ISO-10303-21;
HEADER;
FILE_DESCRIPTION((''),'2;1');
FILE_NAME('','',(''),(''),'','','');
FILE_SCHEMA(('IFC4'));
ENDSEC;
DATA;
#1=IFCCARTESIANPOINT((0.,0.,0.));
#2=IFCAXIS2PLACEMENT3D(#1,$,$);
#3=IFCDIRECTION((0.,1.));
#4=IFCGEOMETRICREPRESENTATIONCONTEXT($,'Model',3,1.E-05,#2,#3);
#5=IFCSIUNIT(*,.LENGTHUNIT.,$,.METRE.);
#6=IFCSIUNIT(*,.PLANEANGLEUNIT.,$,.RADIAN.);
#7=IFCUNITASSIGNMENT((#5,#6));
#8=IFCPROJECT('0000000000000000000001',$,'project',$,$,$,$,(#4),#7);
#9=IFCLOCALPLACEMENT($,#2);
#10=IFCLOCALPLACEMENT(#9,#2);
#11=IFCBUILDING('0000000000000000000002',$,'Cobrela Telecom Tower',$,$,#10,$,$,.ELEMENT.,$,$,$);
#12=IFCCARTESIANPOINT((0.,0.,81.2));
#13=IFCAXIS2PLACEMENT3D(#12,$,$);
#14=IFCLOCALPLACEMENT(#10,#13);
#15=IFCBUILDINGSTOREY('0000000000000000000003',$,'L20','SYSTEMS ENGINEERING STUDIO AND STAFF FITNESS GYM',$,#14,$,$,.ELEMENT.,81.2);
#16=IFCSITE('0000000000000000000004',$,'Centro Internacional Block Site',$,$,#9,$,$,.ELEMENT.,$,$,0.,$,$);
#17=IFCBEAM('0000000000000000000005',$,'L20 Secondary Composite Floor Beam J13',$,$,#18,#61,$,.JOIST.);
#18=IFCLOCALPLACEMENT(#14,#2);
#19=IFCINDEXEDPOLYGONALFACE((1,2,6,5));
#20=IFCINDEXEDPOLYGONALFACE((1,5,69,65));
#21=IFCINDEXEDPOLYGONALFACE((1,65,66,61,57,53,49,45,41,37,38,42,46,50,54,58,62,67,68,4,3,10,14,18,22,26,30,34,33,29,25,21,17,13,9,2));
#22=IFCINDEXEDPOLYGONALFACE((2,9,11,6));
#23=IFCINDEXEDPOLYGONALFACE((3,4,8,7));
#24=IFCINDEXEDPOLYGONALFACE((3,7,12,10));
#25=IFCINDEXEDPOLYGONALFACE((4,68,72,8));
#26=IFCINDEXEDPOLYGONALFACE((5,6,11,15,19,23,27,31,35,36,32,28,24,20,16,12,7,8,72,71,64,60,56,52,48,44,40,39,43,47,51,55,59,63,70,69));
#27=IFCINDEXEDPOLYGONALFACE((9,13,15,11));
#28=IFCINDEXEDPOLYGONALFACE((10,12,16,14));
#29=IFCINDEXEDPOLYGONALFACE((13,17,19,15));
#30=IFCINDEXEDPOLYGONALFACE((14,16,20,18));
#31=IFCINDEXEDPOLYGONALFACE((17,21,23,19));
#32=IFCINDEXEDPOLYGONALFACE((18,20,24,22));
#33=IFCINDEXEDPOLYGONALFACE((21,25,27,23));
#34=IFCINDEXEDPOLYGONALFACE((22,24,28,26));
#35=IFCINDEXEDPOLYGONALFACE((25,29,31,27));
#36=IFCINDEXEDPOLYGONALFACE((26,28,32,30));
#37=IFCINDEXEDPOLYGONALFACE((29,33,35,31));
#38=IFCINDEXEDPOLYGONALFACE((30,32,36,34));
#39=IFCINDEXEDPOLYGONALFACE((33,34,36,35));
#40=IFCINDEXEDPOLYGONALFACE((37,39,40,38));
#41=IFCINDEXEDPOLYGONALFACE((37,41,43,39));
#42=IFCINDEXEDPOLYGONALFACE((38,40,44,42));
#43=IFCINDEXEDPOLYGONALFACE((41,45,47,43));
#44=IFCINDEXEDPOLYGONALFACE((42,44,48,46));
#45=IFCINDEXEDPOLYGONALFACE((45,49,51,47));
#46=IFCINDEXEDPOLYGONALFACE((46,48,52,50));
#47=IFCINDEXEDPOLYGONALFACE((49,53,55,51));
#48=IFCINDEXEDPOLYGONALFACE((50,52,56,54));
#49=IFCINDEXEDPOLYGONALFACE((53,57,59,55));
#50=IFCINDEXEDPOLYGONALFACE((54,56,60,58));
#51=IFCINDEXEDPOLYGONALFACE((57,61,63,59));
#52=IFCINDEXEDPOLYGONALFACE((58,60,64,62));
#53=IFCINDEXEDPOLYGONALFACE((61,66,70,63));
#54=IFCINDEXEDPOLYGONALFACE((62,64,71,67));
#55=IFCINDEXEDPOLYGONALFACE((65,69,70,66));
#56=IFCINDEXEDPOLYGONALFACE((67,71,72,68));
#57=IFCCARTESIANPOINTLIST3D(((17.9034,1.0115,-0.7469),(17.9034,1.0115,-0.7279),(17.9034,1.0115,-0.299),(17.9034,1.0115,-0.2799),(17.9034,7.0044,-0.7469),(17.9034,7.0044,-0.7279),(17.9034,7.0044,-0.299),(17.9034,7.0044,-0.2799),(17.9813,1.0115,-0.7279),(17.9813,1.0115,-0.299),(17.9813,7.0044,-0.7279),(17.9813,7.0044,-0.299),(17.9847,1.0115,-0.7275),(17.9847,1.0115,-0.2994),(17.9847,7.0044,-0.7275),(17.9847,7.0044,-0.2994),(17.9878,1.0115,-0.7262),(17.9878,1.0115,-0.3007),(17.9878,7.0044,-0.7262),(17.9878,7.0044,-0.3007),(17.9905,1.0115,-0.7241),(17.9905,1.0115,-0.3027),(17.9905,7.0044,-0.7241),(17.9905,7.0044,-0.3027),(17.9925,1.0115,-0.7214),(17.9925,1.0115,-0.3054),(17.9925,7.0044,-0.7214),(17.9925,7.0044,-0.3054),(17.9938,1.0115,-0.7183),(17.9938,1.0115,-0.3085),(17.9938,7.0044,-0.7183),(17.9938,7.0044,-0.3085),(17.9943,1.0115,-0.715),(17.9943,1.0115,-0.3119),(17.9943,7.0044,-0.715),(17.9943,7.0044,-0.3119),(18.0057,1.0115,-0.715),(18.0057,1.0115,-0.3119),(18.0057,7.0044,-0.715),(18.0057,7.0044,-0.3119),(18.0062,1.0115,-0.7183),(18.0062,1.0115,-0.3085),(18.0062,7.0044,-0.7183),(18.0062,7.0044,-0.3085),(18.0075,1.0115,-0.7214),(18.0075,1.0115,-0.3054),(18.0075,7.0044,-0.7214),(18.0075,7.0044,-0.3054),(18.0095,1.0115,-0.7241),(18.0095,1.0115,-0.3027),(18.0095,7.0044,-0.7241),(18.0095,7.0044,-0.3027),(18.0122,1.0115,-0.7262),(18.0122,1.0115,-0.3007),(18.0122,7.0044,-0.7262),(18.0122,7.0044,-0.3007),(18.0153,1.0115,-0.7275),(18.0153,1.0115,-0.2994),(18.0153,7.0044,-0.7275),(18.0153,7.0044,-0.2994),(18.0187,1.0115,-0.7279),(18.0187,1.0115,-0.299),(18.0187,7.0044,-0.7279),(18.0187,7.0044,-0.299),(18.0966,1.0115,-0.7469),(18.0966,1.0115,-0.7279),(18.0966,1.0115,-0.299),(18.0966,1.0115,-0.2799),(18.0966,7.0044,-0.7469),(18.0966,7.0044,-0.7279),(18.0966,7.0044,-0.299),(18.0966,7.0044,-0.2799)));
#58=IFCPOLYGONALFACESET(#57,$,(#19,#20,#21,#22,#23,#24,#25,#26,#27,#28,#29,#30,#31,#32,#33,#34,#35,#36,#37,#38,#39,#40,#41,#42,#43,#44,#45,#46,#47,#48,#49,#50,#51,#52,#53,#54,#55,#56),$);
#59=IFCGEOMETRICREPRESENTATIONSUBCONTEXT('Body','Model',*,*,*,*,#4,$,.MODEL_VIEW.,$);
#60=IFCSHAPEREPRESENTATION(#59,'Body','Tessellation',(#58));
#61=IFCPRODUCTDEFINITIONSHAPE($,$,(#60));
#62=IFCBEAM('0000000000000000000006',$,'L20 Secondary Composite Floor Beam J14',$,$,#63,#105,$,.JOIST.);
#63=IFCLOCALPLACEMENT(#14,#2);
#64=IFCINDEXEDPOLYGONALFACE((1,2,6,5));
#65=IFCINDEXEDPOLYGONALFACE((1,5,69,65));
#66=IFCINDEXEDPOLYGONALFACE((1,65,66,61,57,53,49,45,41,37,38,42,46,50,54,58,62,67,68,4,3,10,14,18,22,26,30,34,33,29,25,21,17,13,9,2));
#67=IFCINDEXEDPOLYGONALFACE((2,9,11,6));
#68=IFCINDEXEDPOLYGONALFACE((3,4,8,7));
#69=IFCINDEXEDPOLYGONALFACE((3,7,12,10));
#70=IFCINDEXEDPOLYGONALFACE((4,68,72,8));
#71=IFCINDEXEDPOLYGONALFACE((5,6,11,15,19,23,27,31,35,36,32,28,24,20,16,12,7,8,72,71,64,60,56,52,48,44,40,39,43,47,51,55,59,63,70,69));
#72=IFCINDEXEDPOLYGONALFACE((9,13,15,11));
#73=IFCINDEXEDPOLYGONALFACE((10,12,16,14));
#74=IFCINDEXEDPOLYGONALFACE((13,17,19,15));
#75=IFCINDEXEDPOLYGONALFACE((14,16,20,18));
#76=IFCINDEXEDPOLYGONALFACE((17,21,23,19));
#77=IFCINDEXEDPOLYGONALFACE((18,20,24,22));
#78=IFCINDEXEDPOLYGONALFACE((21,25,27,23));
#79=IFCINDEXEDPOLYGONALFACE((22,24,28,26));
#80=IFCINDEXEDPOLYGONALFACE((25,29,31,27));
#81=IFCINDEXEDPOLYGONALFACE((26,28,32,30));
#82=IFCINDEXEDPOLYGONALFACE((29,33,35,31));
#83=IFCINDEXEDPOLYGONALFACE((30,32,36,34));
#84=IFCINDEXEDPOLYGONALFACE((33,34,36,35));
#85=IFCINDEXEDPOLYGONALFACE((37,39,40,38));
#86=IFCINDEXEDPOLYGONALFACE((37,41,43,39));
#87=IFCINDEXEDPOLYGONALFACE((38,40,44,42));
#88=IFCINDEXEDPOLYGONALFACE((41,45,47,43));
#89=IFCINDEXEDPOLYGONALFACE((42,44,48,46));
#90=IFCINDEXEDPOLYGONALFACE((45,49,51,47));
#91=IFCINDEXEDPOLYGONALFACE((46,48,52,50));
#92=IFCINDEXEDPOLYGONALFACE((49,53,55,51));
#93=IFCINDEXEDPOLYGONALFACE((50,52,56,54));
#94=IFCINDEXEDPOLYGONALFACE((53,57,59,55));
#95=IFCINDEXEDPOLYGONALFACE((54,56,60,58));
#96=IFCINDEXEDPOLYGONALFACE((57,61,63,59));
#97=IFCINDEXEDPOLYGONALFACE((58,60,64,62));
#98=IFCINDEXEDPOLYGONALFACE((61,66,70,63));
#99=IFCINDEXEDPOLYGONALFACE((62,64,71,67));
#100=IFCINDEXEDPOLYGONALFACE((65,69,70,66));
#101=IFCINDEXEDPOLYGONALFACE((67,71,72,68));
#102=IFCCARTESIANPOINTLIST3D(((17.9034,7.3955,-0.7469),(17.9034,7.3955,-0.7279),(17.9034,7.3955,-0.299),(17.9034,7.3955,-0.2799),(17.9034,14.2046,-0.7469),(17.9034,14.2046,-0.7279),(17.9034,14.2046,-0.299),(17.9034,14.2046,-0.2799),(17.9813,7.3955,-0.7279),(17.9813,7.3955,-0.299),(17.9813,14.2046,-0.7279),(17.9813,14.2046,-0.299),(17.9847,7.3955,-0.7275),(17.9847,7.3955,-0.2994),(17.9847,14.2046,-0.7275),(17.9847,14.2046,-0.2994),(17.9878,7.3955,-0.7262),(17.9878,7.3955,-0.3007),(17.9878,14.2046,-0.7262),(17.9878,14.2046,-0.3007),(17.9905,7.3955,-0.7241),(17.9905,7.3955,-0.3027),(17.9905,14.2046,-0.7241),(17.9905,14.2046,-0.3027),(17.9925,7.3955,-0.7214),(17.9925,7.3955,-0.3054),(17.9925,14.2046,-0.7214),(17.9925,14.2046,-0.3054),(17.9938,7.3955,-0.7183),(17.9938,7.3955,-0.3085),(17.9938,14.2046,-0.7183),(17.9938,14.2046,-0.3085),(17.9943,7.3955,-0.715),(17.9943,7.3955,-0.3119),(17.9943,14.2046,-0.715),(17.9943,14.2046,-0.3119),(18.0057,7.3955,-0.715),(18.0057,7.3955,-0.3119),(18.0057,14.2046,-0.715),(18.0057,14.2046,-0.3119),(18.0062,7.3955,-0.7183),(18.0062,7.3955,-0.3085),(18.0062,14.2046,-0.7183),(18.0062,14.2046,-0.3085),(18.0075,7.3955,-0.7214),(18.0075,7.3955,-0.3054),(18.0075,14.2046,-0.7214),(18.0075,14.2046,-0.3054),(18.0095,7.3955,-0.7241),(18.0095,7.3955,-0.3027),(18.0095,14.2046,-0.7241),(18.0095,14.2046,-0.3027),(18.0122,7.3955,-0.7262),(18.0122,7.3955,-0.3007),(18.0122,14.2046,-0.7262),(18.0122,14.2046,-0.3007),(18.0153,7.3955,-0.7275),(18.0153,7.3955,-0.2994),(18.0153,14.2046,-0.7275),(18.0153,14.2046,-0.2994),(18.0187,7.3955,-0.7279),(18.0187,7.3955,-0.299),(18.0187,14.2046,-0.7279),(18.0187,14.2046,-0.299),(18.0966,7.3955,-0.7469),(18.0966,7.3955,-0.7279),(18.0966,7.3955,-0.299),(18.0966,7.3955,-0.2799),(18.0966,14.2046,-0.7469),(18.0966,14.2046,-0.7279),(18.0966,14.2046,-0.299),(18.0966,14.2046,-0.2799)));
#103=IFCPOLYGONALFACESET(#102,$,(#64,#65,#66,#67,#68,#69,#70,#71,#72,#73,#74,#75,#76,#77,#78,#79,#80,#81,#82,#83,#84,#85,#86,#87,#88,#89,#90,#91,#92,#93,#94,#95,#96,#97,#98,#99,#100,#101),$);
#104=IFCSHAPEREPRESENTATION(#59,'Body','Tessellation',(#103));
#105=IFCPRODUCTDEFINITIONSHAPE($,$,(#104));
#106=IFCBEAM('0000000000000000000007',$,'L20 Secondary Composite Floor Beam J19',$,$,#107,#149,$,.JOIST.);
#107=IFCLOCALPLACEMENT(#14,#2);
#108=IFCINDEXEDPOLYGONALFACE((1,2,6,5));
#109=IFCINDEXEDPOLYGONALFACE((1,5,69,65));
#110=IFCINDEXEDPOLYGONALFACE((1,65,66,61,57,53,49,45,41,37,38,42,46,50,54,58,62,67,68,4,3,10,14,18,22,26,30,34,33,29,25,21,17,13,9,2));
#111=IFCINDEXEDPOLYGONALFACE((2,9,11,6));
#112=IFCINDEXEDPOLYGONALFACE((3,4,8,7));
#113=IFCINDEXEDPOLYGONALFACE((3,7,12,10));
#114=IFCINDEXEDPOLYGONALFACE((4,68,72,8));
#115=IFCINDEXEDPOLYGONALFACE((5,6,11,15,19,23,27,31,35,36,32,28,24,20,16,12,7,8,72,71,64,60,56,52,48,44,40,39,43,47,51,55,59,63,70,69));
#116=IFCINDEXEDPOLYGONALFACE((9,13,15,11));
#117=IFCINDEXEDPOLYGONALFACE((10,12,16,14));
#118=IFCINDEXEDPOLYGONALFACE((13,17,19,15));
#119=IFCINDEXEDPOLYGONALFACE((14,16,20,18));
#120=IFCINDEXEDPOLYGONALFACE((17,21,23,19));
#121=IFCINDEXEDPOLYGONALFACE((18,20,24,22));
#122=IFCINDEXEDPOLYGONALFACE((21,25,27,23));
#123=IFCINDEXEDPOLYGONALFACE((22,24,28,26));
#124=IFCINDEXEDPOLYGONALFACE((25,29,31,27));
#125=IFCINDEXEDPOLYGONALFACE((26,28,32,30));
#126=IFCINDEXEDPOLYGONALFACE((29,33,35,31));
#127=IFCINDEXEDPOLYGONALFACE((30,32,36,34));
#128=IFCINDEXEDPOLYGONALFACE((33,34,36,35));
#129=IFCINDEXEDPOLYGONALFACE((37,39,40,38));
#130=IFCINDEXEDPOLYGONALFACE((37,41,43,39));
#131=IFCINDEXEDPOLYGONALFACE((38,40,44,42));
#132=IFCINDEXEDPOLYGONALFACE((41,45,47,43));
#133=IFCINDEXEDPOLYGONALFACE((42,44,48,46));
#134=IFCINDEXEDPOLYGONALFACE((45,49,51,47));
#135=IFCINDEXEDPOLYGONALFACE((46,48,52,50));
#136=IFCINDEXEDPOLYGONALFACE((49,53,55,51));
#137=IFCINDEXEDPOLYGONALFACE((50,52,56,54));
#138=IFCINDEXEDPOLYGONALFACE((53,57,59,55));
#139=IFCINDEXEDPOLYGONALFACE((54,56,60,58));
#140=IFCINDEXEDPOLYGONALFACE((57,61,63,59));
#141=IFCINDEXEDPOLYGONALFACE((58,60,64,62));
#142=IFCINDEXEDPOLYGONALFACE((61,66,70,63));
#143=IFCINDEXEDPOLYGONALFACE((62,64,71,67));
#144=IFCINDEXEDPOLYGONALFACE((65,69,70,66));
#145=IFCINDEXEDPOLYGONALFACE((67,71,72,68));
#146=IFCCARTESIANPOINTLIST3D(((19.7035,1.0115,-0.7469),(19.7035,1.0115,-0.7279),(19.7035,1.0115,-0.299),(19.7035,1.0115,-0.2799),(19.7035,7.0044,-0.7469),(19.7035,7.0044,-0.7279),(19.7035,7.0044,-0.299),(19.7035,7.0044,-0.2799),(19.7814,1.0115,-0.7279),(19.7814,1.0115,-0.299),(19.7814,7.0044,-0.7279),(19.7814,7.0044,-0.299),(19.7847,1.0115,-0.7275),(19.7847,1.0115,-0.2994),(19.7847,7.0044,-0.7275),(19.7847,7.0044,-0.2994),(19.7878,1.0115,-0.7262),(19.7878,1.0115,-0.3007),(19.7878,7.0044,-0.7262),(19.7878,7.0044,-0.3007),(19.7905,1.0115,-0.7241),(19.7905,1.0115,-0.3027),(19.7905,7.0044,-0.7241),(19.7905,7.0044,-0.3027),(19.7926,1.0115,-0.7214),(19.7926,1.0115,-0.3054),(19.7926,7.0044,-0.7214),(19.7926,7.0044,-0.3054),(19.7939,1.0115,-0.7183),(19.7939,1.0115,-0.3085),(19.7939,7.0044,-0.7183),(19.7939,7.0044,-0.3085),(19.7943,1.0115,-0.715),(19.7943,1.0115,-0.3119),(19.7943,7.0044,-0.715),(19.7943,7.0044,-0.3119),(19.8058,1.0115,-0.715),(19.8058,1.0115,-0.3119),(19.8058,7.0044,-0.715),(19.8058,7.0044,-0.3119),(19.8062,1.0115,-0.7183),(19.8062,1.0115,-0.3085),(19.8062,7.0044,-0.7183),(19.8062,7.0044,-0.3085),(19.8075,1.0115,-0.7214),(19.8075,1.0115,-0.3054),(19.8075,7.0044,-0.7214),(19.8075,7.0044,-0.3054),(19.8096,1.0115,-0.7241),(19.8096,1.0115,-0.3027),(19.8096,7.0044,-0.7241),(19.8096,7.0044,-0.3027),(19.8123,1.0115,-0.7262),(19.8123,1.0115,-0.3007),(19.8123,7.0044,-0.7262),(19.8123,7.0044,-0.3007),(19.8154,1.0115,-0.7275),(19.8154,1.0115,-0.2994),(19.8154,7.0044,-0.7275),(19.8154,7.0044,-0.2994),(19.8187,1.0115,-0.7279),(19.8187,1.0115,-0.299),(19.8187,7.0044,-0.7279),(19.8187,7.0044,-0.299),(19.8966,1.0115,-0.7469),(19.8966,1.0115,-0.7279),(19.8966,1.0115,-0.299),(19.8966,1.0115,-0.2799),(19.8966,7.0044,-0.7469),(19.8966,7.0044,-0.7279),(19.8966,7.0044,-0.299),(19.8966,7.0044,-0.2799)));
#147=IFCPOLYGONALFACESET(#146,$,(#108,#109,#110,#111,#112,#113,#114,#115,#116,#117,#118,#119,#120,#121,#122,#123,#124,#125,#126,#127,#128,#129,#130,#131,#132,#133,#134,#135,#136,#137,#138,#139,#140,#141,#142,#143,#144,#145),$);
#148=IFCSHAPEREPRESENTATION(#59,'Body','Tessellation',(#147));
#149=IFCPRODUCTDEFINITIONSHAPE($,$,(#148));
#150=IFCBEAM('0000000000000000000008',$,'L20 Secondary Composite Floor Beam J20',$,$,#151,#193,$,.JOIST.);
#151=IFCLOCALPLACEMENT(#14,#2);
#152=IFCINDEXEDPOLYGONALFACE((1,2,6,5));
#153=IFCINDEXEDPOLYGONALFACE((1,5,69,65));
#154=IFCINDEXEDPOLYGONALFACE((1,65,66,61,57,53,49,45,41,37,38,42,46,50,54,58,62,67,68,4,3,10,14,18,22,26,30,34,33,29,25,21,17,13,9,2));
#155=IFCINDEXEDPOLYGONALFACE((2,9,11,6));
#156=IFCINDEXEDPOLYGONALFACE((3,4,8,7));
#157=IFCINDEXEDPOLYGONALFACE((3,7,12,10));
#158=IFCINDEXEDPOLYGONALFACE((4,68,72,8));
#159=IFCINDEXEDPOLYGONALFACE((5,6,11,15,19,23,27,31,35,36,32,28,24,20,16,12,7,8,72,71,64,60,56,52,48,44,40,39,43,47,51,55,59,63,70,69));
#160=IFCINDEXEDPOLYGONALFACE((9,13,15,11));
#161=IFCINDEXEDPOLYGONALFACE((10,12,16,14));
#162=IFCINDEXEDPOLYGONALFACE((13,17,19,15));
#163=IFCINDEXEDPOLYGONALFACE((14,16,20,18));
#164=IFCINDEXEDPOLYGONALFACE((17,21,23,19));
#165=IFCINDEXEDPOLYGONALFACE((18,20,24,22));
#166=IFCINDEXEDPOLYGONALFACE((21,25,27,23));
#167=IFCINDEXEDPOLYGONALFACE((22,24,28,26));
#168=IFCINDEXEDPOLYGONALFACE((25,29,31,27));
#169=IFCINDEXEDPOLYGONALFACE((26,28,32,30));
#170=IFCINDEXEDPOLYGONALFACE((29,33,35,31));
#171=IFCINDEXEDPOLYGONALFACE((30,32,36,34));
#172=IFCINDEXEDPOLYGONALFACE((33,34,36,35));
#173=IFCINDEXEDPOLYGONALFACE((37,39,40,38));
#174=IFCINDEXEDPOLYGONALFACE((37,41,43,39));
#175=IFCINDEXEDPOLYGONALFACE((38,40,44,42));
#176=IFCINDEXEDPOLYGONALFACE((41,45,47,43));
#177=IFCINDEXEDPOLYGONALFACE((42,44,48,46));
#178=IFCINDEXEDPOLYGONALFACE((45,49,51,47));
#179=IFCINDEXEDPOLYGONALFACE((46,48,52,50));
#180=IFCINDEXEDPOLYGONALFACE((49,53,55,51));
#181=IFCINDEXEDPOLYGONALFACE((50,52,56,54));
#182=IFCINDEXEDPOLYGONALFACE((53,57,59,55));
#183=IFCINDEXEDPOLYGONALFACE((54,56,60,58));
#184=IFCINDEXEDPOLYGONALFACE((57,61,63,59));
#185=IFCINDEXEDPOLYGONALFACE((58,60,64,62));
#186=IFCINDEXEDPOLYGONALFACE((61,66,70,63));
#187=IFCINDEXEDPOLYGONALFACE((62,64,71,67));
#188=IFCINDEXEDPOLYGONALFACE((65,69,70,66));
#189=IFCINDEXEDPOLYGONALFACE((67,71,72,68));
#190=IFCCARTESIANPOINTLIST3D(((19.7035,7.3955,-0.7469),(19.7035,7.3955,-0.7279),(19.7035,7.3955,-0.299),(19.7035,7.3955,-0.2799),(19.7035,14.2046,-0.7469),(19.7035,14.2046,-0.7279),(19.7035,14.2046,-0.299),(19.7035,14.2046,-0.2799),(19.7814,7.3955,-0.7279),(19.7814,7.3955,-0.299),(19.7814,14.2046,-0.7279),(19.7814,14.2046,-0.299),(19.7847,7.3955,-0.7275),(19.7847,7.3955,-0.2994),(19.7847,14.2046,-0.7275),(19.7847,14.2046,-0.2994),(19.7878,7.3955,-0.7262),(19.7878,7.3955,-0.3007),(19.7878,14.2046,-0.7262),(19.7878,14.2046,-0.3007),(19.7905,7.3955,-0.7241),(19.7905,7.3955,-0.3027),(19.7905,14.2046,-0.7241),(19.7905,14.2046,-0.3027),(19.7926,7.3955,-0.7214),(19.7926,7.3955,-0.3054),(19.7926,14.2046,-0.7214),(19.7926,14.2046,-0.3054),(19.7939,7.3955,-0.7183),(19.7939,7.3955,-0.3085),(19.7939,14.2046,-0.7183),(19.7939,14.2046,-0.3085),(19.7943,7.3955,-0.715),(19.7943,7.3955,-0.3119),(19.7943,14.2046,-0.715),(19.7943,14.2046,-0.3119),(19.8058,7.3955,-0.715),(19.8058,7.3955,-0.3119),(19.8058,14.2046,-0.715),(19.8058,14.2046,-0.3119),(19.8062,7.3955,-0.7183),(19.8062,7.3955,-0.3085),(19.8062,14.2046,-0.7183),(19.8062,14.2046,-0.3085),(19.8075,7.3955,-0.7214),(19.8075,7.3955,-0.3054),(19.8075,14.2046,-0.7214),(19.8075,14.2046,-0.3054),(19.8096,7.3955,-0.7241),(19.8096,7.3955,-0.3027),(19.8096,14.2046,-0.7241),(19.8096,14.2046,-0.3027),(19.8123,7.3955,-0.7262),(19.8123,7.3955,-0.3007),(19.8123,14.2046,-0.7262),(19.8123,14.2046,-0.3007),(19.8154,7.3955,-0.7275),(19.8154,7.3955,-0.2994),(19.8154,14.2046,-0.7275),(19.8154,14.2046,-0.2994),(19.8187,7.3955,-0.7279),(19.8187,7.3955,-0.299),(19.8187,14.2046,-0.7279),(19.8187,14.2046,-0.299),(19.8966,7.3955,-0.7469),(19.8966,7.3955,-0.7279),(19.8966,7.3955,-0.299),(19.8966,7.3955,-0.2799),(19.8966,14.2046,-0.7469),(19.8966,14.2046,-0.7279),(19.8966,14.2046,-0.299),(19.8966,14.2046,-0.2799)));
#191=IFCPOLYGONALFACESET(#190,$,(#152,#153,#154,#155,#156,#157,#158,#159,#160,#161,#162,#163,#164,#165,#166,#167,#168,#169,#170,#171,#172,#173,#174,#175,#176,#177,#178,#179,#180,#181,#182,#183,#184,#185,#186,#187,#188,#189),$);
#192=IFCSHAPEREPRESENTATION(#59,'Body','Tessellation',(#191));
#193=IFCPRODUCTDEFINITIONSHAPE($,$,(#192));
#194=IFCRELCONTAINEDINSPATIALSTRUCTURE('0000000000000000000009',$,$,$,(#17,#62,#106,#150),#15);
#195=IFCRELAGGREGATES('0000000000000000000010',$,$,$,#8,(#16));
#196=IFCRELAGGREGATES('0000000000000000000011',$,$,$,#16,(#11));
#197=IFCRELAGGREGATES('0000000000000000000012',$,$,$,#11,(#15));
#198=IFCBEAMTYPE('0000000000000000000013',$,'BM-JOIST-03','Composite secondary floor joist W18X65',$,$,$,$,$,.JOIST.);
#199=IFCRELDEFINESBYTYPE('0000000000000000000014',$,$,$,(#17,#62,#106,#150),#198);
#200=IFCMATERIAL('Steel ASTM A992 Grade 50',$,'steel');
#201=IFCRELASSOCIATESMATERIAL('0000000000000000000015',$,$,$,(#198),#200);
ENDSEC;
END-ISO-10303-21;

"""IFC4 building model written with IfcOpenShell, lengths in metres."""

from ifc_helpers import new_model, si_unit, direction, frame, origin, origin_2d, place, context, subcontext, project, spatial, i_section, extrude, material, material_profile, profile_set, type_object, element, save


model = new_model("IFC4")

# Units and contexts
model_context = context("Model", 3, precision=1e-05, world=origin(), true_north=direction((0.0, 1.0)))
body_context = subcontext(model_context, "Body", "Model", "MODEL_VIEW")
ifc_project = project(units=[si_unit("LENGTHUNIT", "METRE"), si_unit("PLANEANGLEUNIT", "RADIAN")], contexts=[model_context])

# Site, building, storey
site_placement = place(None, origin())
site = spatial("IfcSite", under=ifc_project, at=site_placement, Name="Centro Internacional Block Site", CompositionType="ELEMENT", RefElevation=0.0)
building_placement = place(site_placement, origin())
building = spatial("IfcBuilding", under=site, at=building_placement, Name="Cobrela Telecom Tower", CompositionType="ELEMENT")
storey_placement = place(building_placement, frame((0.0, 0.0, 81.2)))
storey = spatial("IfcBuildingStorey", under=building, at=storey_placement, Name="L20", Description="SYSTEMS ENGINEERING STUDIO AND STAFF FITNESS GYM", CompositionType="ELEMENT", Elevation=81.2)

# Beams
ifc_material_1 = material(Name="Steel ASTM A992 Grade 50", Category="steel")
ifc_material_profile_1 = material_profile(ifc_material_1, i_section(OverallWidth=0.1931, OverallDepth=0.467, WebThickness=0.0115, FlangeThickness=0.019, FilletRadius=0.0129, at=origin_2d()), Name="W18X65")
ifc_profile_set_1 = profile_set([ifc_material_profile_1], Name="Steel ASTM A992 Grade 50")
beam_type_1 = type_object("IfcBeamType", Name="BM-JOIST-03", Description="Composite secondary floor joist W18X65", PredefinedType="JOIST", material=ifc_profile_set_1)
beam_1_placement = place(storey_placement, frame((18.0, 1.0115, -0.5134), z_axis=(0.0, 1.0, 0.0), x_axis=(-1.0, 0.0, 0.0)))
element("IfcBeam", 1, at=beam_1_placement, inside=storey, type_object=beam_type_1, Name="L20 Secondary Composite Floor Beam J13", PredefinedType="JOIST", context=body_context, shape_type="SweptSolid", body=[
    extrude(i_section(OverallWidth=0.1931, OverallDepth=0.467, WebThickness=0.0115, FlangeThickness=0.019, FilletRadius=0.0129, at=origin_2d()), origin(), (0.0, 0.0, 1.0), 5.9929),
])
beam_2_placement = place(storey_placement, frame((18.0, 7.3955, -0.5134), z_axis=(0.0, 1.0, 0.0), x_axis=(-1.0, 0.0, 0.0)))
element("IfcBeam", 2, at=beam_2_placement, inside=storey, type_object=beam_type_1, Name="L20 Secondary Composite Floor Beam J14", PredefinedType="JOIST", context=body_context, shape_type="SweptSolid", body=[
    extrude(i_section(OverallWidth=0.1931, OverallDepth=0.467, WebThickness=0.0115, FlangeThickness=0.019, FilletRadius=0.0129, at=origin_2d()), origin(), (0.0, 0.0, 1.0), 6.8091),
])
beam_3_placement = place(storey_placement, frame((19.8, 1.0115, -0.5134), z_axis=(0.0, 1.0, 0.0), x_axis=(-1.0, 0.0, 0.0)))
element("IfcBeam", 3, at=beam_3_placement, inside=storey, type_object=beam_type_1, Name="L20 Secondary Composite Floor Beam J19", PredefinedType="JOIST", context=body_context, shape_type="SweptSolid", body=[
    extrude(i_section(OverallWidth=0.1931, OverallDepth=0.467, WebThickness=0.0115, FlangeThickness=0.019, FilletRadius=0.0129, at=origin_2d()), origin(), (0.0, 0.0, 1.0), 5.9929),
])
beam_4_placement = place(storey_placement, frame((19.8, 7.3955, -0.5134), z_axis=(0.0, 1.0, 0.0), x_axis=(-1.0, 0.0, 0.0)))
element("IfcBeam", 4, at=beam_4_placement, inside=storey, type_object=beam_type_1, Name="L20 Secondary Composite Floor Beam J20", PredefinedType="JOIST", context=body_context, shape_type="SweptSolid", body=[
    extrude(i_section(OverallWidth=0.1931, OverallDepth=0.467, WebThickness=0.0115, FlangeThickness=0.019, FilletRadius=0.0129, at=origin_2d()), origin(), (0.0, 0.0, 1.0), 6.8091),
])

save(model, "model.ifc")
